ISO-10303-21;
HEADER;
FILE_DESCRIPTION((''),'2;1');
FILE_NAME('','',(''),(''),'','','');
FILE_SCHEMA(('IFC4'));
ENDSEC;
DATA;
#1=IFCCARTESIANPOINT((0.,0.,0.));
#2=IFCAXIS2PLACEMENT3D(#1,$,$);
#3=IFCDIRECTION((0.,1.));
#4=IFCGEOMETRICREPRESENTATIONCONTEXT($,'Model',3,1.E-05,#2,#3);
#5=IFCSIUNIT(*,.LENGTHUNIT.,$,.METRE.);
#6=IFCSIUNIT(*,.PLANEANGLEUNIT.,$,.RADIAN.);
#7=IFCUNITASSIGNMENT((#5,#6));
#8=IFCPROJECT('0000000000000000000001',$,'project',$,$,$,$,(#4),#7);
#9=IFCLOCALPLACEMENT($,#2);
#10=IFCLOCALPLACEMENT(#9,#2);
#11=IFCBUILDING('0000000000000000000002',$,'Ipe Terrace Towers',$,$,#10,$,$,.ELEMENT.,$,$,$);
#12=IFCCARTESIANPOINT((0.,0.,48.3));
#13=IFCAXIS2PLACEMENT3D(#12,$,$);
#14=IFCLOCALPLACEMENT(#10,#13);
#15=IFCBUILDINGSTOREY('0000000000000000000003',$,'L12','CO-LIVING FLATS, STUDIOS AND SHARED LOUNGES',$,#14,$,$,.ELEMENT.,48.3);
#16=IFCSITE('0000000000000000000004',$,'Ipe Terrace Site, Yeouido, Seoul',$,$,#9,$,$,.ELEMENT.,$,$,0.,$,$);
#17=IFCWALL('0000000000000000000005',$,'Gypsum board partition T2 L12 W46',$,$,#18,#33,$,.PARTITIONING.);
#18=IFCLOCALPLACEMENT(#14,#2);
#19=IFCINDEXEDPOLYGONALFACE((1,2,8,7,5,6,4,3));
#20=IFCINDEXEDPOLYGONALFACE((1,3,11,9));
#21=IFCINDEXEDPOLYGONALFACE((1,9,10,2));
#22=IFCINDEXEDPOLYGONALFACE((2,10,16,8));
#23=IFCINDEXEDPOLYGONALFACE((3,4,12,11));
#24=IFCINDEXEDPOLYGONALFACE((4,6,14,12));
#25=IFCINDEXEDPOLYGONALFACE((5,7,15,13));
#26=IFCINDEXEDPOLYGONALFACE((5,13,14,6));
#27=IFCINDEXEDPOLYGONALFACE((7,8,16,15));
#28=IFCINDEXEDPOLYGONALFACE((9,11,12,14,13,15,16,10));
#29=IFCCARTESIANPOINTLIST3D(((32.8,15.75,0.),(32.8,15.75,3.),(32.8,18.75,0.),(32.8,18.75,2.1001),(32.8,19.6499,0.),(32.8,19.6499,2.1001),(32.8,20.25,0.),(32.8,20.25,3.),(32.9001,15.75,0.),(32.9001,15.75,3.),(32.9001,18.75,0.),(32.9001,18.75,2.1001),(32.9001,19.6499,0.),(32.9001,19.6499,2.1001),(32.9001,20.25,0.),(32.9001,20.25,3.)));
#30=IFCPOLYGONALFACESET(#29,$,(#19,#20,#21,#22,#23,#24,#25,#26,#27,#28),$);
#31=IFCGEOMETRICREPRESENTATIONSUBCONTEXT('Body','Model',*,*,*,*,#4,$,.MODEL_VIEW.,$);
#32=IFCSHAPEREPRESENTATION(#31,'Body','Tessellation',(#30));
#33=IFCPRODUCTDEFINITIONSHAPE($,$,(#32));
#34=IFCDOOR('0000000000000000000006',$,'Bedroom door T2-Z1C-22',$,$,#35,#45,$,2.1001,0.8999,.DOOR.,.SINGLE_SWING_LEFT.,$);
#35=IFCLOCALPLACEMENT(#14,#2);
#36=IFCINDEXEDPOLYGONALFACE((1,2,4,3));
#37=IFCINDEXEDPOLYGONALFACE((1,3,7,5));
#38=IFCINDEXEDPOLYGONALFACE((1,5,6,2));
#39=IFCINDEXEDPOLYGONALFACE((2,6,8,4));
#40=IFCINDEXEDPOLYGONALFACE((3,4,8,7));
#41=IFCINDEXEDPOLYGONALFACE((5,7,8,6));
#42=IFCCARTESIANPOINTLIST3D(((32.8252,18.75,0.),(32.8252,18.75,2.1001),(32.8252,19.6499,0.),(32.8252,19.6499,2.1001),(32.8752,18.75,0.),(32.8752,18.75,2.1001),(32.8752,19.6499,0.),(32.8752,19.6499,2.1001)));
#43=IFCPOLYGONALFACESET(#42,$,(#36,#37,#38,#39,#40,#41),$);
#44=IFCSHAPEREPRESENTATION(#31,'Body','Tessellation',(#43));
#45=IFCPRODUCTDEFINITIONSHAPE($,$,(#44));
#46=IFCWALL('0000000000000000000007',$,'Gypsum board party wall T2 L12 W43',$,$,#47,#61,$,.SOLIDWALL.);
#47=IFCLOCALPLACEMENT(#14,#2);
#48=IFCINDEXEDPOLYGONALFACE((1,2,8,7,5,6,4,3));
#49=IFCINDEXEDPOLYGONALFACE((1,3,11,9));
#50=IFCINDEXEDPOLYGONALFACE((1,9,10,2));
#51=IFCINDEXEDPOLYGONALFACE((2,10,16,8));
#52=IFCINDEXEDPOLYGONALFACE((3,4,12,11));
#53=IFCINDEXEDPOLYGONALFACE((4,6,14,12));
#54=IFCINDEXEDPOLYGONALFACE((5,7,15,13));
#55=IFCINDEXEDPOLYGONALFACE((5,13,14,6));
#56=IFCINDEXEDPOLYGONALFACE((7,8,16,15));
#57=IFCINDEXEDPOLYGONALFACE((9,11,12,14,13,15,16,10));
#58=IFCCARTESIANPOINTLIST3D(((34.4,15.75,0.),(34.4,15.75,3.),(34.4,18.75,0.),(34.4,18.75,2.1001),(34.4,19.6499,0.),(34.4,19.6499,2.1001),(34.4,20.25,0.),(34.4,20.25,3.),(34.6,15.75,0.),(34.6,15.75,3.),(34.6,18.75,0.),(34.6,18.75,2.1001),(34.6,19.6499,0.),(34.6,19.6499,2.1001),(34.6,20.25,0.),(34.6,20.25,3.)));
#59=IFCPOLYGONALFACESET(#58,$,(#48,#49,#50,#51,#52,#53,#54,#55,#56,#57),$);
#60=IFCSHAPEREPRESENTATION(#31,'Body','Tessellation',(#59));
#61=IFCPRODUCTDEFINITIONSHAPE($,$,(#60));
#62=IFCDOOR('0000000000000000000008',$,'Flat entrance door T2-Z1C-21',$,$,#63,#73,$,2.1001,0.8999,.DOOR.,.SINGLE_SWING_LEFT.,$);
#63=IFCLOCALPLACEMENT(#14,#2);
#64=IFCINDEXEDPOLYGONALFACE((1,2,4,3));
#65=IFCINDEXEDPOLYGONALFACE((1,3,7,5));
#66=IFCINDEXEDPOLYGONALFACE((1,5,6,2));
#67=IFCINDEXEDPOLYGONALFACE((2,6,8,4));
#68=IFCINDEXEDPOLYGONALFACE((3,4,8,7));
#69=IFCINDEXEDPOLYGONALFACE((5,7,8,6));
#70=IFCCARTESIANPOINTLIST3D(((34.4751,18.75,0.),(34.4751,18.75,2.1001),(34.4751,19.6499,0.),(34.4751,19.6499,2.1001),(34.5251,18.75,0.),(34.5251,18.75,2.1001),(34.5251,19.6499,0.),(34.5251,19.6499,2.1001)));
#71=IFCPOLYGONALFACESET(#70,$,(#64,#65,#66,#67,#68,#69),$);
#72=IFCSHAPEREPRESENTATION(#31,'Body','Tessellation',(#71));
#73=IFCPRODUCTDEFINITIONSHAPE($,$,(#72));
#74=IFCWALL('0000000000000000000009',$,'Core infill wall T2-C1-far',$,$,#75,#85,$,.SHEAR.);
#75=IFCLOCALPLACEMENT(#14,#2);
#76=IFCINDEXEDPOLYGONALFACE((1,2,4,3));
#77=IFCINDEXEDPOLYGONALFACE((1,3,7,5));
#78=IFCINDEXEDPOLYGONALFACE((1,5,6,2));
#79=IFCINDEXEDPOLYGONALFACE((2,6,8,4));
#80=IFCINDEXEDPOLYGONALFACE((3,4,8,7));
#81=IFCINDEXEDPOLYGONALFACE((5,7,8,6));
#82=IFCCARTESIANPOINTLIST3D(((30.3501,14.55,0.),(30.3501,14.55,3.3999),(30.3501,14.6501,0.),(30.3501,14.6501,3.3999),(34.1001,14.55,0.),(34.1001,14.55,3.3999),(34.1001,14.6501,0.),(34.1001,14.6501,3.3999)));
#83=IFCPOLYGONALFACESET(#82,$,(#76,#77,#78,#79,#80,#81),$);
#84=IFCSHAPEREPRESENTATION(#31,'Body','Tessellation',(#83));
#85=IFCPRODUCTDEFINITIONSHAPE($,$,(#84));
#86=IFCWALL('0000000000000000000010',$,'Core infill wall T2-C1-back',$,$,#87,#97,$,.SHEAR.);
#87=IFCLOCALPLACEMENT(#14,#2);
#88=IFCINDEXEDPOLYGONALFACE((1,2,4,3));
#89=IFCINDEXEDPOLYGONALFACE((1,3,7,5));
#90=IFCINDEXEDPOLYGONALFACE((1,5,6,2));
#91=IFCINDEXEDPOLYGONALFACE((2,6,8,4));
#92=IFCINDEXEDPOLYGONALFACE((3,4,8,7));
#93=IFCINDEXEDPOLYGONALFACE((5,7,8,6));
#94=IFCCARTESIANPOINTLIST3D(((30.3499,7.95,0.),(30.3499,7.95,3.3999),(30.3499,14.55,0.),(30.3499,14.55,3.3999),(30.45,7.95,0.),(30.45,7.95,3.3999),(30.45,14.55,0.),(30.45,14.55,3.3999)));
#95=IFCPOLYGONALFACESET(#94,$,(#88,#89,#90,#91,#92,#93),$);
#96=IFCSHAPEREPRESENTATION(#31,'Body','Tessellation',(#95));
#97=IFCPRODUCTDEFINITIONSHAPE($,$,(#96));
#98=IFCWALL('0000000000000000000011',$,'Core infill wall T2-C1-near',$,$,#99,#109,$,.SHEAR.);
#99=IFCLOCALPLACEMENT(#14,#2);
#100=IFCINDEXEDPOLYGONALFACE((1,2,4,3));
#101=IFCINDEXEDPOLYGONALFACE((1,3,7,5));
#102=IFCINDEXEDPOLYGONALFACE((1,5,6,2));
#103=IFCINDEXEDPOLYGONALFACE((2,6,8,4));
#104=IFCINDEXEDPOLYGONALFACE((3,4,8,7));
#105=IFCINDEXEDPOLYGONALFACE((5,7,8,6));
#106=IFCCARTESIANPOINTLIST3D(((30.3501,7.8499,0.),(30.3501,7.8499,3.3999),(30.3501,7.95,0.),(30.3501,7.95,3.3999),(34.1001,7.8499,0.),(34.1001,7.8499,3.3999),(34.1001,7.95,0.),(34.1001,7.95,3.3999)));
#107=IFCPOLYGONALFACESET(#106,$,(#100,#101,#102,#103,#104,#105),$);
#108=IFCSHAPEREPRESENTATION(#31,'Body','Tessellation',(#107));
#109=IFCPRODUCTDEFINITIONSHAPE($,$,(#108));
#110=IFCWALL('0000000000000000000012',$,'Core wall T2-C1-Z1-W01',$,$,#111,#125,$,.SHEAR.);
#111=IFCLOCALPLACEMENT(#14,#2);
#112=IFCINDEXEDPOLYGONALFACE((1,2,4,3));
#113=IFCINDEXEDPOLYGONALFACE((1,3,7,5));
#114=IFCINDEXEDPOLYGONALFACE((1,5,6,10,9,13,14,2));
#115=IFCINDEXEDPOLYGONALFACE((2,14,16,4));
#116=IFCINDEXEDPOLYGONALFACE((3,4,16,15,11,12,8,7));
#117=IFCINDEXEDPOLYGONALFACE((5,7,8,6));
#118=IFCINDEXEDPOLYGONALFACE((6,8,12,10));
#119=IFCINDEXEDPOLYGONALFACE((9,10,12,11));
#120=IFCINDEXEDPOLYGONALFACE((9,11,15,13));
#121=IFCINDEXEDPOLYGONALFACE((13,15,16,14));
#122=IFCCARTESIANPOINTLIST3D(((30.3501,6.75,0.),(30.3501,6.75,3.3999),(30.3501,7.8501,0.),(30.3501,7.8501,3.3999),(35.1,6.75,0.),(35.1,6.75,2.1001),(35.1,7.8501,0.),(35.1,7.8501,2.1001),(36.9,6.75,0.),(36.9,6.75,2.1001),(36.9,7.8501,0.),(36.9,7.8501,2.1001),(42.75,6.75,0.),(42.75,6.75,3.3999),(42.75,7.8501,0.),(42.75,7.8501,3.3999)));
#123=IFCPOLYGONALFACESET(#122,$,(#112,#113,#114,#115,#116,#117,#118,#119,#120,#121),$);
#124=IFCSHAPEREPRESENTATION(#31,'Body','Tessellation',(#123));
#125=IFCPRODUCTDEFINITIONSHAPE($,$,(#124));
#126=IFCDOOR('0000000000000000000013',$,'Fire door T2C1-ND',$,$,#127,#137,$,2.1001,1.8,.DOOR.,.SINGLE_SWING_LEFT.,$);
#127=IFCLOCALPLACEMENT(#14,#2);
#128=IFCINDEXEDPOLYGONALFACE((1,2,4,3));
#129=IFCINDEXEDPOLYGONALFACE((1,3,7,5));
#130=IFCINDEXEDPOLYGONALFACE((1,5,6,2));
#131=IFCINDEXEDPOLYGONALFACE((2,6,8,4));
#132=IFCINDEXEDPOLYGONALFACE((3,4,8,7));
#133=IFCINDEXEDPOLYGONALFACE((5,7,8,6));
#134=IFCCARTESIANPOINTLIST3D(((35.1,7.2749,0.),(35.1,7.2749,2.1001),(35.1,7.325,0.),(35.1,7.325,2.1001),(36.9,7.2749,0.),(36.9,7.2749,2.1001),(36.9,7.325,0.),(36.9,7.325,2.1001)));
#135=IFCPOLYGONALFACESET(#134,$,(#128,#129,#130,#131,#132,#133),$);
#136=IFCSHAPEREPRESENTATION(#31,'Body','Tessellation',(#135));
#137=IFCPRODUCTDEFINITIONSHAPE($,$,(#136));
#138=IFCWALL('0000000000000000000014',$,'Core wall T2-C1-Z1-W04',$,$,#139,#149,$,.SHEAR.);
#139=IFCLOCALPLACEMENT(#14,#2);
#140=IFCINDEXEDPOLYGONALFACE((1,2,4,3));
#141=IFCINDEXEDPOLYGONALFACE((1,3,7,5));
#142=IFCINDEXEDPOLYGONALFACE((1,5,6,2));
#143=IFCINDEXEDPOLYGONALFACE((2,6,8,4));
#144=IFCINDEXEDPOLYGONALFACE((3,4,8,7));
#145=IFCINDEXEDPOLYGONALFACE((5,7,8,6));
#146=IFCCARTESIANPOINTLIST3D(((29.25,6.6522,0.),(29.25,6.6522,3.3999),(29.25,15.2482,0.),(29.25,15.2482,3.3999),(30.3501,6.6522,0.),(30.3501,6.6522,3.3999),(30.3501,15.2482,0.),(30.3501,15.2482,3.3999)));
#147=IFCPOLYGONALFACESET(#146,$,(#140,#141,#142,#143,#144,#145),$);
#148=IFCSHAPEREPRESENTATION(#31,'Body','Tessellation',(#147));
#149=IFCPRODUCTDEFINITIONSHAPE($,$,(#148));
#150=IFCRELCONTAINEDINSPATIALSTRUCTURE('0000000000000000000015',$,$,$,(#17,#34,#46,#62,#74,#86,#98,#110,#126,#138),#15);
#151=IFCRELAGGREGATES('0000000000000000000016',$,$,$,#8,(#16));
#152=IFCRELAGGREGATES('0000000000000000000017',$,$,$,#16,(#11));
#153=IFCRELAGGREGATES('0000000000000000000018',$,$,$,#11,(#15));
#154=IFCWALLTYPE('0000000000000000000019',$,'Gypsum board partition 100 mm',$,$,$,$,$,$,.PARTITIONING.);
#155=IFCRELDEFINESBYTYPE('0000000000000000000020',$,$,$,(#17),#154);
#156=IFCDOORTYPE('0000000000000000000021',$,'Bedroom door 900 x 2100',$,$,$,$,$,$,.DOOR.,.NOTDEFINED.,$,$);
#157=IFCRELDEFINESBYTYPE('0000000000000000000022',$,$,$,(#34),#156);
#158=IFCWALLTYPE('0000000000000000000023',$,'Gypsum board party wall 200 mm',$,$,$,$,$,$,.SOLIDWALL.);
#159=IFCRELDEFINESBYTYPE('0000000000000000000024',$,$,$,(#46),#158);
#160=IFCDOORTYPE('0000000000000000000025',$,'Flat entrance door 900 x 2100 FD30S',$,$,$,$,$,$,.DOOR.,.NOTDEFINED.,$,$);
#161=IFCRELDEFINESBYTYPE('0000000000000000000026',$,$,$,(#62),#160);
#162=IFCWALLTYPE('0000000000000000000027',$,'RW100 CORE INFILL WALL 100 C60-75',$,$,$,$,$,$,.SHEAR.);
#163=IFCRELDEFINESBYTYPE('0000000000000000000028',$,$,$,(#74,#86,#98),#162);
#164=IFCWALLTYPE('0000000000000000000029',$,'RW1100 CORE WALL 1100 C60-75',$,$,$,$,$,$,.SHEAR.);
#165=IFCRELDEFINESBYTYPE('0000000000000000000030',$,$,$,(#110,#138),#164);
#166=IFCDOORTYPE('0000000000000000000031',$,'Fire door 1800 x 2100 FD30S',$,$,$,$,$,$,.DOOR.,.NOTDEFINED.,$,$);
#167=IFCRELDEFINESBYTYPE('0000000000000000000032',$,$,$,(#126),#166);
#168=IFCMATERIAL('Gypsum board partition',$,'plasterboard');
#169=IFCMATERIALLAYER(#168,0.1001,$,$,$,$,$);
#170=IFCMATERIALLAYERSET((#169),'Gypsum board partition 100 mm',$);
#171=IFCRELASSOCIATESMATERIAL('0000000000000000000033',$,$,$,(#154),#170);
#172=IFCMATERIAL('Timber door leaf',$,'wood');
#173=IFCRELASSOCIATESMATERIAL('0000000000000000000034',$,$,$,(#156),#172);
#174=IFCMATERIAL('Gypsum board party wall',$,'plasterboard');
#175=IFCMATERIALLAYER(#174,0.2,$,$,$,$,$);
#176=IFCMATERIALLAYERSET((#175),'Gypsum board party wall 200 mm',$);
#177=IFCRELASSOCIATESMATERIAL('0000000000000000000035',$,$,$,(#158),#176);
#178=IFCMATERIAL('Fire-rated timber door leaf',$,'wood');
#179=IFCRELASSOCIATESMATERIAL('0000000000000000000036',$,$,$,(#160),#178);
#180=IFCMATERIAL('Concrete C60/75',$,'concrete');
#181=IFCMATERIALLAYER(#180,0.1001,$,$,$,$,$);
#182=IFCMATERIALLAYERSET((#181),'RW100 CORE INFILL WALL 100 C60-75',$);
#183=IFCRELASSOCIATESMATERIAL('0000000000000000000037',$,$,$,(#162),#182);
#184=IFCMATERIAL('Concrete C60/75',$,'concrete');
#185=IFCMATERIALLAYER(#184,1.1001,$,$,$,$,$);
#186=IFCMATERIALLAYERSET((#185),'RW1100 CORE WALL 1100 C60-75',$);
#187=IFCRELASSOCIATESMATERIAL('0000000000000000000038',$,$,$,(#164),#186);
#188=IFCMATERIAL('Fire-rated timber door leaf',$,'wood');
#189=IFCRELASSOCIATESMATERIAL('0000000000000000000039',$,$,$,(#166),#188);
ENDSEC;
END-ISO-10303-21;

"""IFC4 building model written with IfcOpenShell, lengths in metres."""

from ifc_helpers import new_model, si_unit, direction, frame, frame_2d, origin, place, context, subcontext, project, spatial, rectangle, extrude, material, layer, layer_set, type_object, element, fill, save


model = new_model("IFC4")

# Units and contexts
model_context = context("Model", 3, precision=1e-05, world=origin(), true_north=direction((0.0, 1.0)))
body_context = subcontext(model_context, "Body", "Model", "MODEL_VIEW")
ifc_project = project(units=[si_unit("LENGTHUNIT", "METRE"), si_unit("PLANEANGLEUNIT", "RADIAN")], contexts=[model_context])

# Site, building, storey
site_placement = place(None, origin())
site = spatial("IfcSite", under=ifc_project, at=site_placement, Name="Ipe Terrace Site, Yeouido, Seoul", CompositionType="ELEMENT", RefElevation=0.0)
building_placement = place(site_placement, origin())
building = spatial("IfcBuilding", under=site, at=building_placement, Name="Ipe Terrace Towers", CompositionType="ELEMENT")
storey_placement = place(building_placement, frame((0.0, 0.0, 48.3)))
storey = spatial("IfcBuildingStorey", under=building, at=storey_placement, Name="L12", Description="CO-LIVING FLATS, STUDIOS AND SHARED LOUNGES", CompositionType="ELEMENT", Elevation=48.3)

# Walls, openings, doors
ifc_material_1 = material(Name="Gypsum board partition", Category="plasterboard")
ifc_layer_1 = layer(ifc_material_1, 0.1001)
ifc_layer_set_1 = layer_set([ifc_layer_1], Name="Gypsum board partition 100 mm")
wall_type_1 = type_object("IfcWallType", Name="Gypsum board partition 100 mm", PredefinedType="PARTITIONING", material=ifc_layer_set_1)
wall_1_placement = place(storey_placement, frame((32.8501, 15.75, 0.0), z_axis=(0.0, 0.0, 1.0), x_axis=(0.0, 1.0, 0.0)))
wall_1 = element("IfcWall", 1, at=wall_1_placement, inside=storey, type_object=wall_type_1, Name="Gypsum board partition T2 L12 W46", PredefinedType="PARTITIONING", context=body_context, shape_type="SweptSolid", body=[
    extrude(rectangle(XDim=4.5, YDim=0.1001, at=frame_2d((2.25, 0.0))), origin(), (0.0, 0.0, 1.0), 3.0),
])
opening_1_placement = place(wall_1_placement, frame((3.0, 0.0, 0.0)))
opening_1 = element("IfcOpeningElement", 2, at=opening_1_placement, cuts=wall_1, PredefinedType="OPENING", context=body_context, shape_type="SweptSolid", body=[
    extrude(rectangle(XDim=0.8999, YDim=2.1001, at=frame_2d((0.45, 1.05))), frame((0.0, 0.0601, 0.0), z_axis=(0.0, -1.0, 0.0), x_axis=(1.0, 0.0, 0.0)), (0.0, 0.0, 1.0), 0.1201),
])
ifc_material_2 = material(Name="Timber door leaf", Category="wood")
door_type_1 = type_object("IfcDoorType", Name="Bedroom door 900 x 2100", OperationType="NOTDEFINED", PredefinedType="DOOR", material=ifc_material_2)
door_1_placement = place(opening_1_placement, origin())
door_1 = element("IfcDoor", 3, at=door_1_placement, inside=storey, type_object=door_type_1, Name="Bedroom door T2-Z1C-22", OperationType="SINGLE_SWING_LEFT", OverallHeight=2.1001, OverallWidth=0.8999, PredefinedType="DOOR", context=body_context, shape_type="SweptSolid", body=[
    extrude(rectangle(XDim=0.8999, YDim=2.1001, at=frame_2d((0.45, 1.05))), frame((0.0, 0.0249, 0.0), z_axis=(0.0, -1.0, 0.0), x_axis=(1.0, 0.0, 0.0)), (0.0, 0.0, 1.0), 0.05),
])
fill(opening_1, door_1)
ifc_material_3 = material(Name="Gypsum board party wall", Category="plasterboard")
ifc_layer_2 = layer(ifc_material_3, 0.2)
ifc_layer_set_2 = layer_set([ifc_layer_2], Name="Gypsum board party wall 200 mm")
wall_type_2 = type_object("IfcWallType", Name="Gypsum board party wall 200 mm", PredefinedType="SOLIDWALL", material=ifc_layer_set_2)
wall_2_placement = place(storey_placement, frame((34.5, 15.75, 0.0), z_axis=(0.0, 0.0, 1.0), x_axis=(0.0, 1.0, 0.0)))
wall_2 = element("IfcWall", 4, at=wall_2_placement, inside=storey, type_object=wall_type_2, Name="Gypsum board party wall T2 L12 W43", PredefinedType="SOLIDWALL", context=body_context, shape_type="SweptSolid", body=[
    extrude(rectangle(XDim=4.5, YDim=0.2, at=frame_2d((2.25, 0.0))), origin(), (0.0, 0.0, 1.0), 3.0),
])
opening_2_placement = place(wall_2_placement, frame((3.0, 0.0, 0.0)))
opening_2 = element("IfcOpeningElement", 5, at=opening_2_placement, cuts=wall_2, PredefinedType="OPENING", context=body_context, shape_type="SweptSolid", body=[
    extrude(rectangle(XDim=0.8999, YDim=2.1001, at=frame_2d((0.45, 1.05))), frame((0.0, 0.1099, 0.0), z_axis=(0.0, -1.0, 0.0), x_axis=(1.0, 0.0, 0.0)), (0.0, 0.0, 1.0), 0.22),
])
ifc_material_4 = material(Name="Fire-rated timber door leaf", Category="wood")
door_type_2 = type_object("IfcDoorType", Name="Flat entrance door 900 x 2100 FD30S", OperationType="NOTDEFINED", PredefinedType="DOOR", material=ifc_material_4)
door_2_placement = place(opening_2_placement, origin())
door_2 = element("IfcDoor", 6, at=door_2_placement, inside=storey, type_object=door_type_2, Name="Flat entrance door T2-Z1C-21", OperationType="SINGLE_SWING_LEFT", OverallHeight=2.1001, OverallWidth=0.8999, PredefinedType="DOOR", context=body_context, shape_type="SweptSolid", body=[
    extrude(rectangle(XDim=0.8999, YDim=2.1001, at=frame_2d((0.45, 1.05))), frame((0.0, 0.0249, 0.0), z_axis=(0.0, -1.0, 0.0), x_axis=(1.0, 0.0, 0.0)), (0.0, 0.0, 1.0), 0.05),
])
fill(opening_2, door_2)

# Walls
ifc_material_5 = material(Name="Concrete C60/75", Category="concrete")
ifc_layer_3 = layer(ifc_material_5, 0.1001)
ifc_layer_set_3 = layer_set([ifc_layer_3], Name="RW100 CORE INFILL WALL 100 C60-75")
wall_type_3 = type_object("IfcWallType", Name="RW100 CORE INFILL WALL 100 C60-75", PredefinedType="SHEAR", material=ifc_layer_set_3)
wall_3_placement = place(storey_placement, frame((34.1001, 14.6001, 0.0), z_axis=(0.0, 0.0, 1.0), x_axis=(-1.0, 0.0, 0.0)))
element("IfcWall", 7, at=wall_3_placement, inside=storey, type_object=wall_type_3, Name="Core infill wall T2-C1-far", PredefinedType="SHEAR", context=body_context, shape_type="SweptSolid", body=[
    extrude(rectangle(XDim=3.75, YDim=0.1001, at=frame_2d((1.875, 0.0))), origin(), (0.0, 0.0, 1.0), 3.3999),
])
wall_4_placement = place(storey_placement, frame((30.3999, 7.95, 0.0), z_axis=(0.0, 0.0, 1.0), x_axis=(0.0, 1.0, 0.0)))
element("IfcWall", 8, at=wall_4_placement, inside=storey, type_object=wall_type_3, Name="Core infill wall T2-C1-back", PredefinedType="SHEAR", context=body_context, shape_type="SweptSolid", body=[
    extrude(rectangle(XDim=6.6001, YDim=0.1001, at=frame_2d((3.3, 0.0))), origin(), (0.0, 0.0, 1.0), 3.3999),
])
wall_5_placement = place(storey_placement, frame((34.1001, 7.8999, 0.0), z_axis=(0.0, 0.0, 1.0), x_axis=(-1.0, 0.0, 0.0)))
element("IfcWall", 9, at=wall_5_placement, inside=storey, type_object=wall_type_3, Name="Core infill wall T2-C1-near", PredefinedType="SHEAR", context=body_context, shape_type="SweptSolid", body=[
    extrude(rectangle(XDim=3.75, YDim=0.1001, at=frame_2d((1.875, 0.0))), origin(), (0.0, 0.0, 1.0), 3.3999),
])

# Wall, opening, door
ifc_material_6 = material(Name="Concrete C60/75", Category="concrete")
ifc_layer_4 = layer(ifc_material_6, 1.1001)
ifc_layer_set_4 = layer_set([ifc_layer_4], Name="RW1100 CORE WALL 1100 C60-75")
wall_type_4 = type_object("IfcWallType", Name="RW1100 CORE WALL 1100 C60-75", PredefinedType="SHEAR", material=ifc_layer_set_4)
wall_6_placement = place(storey_placement, frame((30.3501, 7.3, 0.0), z_axis=(0.0, 0.0, 1.0), x_axis=(1.0, 0.0, 0.0)))
wall_6 = element("IfcWall", 10, at=wall_6_placement, inside=storey, type_object=wall_type_4, Name="Core wall T2-C1-Z1-W01", PredefinedType="SHEAR", context=body_context, shape_type="SweptSolid", body=[
    extrude(rectangle(XDim=12.3999, YDim=1.1001, at=frame_2d((6.2, 0.0))), origin(), (0.0, 0.0, 1.0), 3.3999),
])
opening_3_placement = place(wall_6_placement, frame((4.75, 0.0, 0.0)))
opening_3 = element("IfcOpeningElement", 11, at=opening_3_placement, cuts=wall_6, PredefinedType="OPENING", context=body_context, shape_type="SweptSolid", body=[
    extrude(rectangle(XDim=1.8, YDim=2.1001, at=frame_2d((0.8999, 1.05))), frame((0.0, 0.5601, 0.0), z_axis=(0.0, -1.0, 0.0), x_axis=(1.0, 0.0, 0.0)), (0.0, 0.0, 1.0), 1.1201),
])
ifc_material_7 = material(Name="Fire-rated timber door leaf", Category="wood")
door_type_3 = type_object("IfcDoorType", Name="Fire door 1800 x 2100 FD30S", OperationType="NOTDEFINED", PredefinedType="DOOR", material=ifc_material_7)
door_3_placement = place(opening_3_placement, origin())
door_3 = element("IfcDoor", 12, at=door_3_placement, inside=storey, type_object=door_type_3, Name="Fire door T2C1-ND", OperationType="SINGLE_SWING_LEFT", OverallHeight=2.1001, OverallWidth=1.8, PredefinedType="DOOR", context=body_context, shape_type="SweptSolid", body=[
    extrude(rectangle(XDim=1.8, YDim=2.1001, at=frame_2d((0.8999, 1.05))), frame((0.0, 0.0249, 0.0), z_axis=(0.0, -1.0, 0.0), x_axis=(1.0, 0.0, 0.0)), (0.0, 0.0, 1.0), 0.05),
])
fill(opening_3, door_3)

# Wall
wall_7_placement = place(storey_placement, frame((29.8, 15.248, 0.0), z_axis=(0.0, 0.0, 1.0), x_axis=(0.0, -1.0, 0.0)))
element("IfcWall", 13, at=wall_7_placement, inside=storey, type_object=wall_type_4, Name="Core wall T2-C1-Z1-W04", PredefinedType="SHEAR", context=body_context, shape_type="SweptSolid", body=[
    extrude(rectangle(XDim=8.5959, YDim=1.1001, at=frame_2d((4.2979, 0.0))), origin(), (0.0, 0.0, 1.0), 3.3999),
])

save(model, "model.ifc")
